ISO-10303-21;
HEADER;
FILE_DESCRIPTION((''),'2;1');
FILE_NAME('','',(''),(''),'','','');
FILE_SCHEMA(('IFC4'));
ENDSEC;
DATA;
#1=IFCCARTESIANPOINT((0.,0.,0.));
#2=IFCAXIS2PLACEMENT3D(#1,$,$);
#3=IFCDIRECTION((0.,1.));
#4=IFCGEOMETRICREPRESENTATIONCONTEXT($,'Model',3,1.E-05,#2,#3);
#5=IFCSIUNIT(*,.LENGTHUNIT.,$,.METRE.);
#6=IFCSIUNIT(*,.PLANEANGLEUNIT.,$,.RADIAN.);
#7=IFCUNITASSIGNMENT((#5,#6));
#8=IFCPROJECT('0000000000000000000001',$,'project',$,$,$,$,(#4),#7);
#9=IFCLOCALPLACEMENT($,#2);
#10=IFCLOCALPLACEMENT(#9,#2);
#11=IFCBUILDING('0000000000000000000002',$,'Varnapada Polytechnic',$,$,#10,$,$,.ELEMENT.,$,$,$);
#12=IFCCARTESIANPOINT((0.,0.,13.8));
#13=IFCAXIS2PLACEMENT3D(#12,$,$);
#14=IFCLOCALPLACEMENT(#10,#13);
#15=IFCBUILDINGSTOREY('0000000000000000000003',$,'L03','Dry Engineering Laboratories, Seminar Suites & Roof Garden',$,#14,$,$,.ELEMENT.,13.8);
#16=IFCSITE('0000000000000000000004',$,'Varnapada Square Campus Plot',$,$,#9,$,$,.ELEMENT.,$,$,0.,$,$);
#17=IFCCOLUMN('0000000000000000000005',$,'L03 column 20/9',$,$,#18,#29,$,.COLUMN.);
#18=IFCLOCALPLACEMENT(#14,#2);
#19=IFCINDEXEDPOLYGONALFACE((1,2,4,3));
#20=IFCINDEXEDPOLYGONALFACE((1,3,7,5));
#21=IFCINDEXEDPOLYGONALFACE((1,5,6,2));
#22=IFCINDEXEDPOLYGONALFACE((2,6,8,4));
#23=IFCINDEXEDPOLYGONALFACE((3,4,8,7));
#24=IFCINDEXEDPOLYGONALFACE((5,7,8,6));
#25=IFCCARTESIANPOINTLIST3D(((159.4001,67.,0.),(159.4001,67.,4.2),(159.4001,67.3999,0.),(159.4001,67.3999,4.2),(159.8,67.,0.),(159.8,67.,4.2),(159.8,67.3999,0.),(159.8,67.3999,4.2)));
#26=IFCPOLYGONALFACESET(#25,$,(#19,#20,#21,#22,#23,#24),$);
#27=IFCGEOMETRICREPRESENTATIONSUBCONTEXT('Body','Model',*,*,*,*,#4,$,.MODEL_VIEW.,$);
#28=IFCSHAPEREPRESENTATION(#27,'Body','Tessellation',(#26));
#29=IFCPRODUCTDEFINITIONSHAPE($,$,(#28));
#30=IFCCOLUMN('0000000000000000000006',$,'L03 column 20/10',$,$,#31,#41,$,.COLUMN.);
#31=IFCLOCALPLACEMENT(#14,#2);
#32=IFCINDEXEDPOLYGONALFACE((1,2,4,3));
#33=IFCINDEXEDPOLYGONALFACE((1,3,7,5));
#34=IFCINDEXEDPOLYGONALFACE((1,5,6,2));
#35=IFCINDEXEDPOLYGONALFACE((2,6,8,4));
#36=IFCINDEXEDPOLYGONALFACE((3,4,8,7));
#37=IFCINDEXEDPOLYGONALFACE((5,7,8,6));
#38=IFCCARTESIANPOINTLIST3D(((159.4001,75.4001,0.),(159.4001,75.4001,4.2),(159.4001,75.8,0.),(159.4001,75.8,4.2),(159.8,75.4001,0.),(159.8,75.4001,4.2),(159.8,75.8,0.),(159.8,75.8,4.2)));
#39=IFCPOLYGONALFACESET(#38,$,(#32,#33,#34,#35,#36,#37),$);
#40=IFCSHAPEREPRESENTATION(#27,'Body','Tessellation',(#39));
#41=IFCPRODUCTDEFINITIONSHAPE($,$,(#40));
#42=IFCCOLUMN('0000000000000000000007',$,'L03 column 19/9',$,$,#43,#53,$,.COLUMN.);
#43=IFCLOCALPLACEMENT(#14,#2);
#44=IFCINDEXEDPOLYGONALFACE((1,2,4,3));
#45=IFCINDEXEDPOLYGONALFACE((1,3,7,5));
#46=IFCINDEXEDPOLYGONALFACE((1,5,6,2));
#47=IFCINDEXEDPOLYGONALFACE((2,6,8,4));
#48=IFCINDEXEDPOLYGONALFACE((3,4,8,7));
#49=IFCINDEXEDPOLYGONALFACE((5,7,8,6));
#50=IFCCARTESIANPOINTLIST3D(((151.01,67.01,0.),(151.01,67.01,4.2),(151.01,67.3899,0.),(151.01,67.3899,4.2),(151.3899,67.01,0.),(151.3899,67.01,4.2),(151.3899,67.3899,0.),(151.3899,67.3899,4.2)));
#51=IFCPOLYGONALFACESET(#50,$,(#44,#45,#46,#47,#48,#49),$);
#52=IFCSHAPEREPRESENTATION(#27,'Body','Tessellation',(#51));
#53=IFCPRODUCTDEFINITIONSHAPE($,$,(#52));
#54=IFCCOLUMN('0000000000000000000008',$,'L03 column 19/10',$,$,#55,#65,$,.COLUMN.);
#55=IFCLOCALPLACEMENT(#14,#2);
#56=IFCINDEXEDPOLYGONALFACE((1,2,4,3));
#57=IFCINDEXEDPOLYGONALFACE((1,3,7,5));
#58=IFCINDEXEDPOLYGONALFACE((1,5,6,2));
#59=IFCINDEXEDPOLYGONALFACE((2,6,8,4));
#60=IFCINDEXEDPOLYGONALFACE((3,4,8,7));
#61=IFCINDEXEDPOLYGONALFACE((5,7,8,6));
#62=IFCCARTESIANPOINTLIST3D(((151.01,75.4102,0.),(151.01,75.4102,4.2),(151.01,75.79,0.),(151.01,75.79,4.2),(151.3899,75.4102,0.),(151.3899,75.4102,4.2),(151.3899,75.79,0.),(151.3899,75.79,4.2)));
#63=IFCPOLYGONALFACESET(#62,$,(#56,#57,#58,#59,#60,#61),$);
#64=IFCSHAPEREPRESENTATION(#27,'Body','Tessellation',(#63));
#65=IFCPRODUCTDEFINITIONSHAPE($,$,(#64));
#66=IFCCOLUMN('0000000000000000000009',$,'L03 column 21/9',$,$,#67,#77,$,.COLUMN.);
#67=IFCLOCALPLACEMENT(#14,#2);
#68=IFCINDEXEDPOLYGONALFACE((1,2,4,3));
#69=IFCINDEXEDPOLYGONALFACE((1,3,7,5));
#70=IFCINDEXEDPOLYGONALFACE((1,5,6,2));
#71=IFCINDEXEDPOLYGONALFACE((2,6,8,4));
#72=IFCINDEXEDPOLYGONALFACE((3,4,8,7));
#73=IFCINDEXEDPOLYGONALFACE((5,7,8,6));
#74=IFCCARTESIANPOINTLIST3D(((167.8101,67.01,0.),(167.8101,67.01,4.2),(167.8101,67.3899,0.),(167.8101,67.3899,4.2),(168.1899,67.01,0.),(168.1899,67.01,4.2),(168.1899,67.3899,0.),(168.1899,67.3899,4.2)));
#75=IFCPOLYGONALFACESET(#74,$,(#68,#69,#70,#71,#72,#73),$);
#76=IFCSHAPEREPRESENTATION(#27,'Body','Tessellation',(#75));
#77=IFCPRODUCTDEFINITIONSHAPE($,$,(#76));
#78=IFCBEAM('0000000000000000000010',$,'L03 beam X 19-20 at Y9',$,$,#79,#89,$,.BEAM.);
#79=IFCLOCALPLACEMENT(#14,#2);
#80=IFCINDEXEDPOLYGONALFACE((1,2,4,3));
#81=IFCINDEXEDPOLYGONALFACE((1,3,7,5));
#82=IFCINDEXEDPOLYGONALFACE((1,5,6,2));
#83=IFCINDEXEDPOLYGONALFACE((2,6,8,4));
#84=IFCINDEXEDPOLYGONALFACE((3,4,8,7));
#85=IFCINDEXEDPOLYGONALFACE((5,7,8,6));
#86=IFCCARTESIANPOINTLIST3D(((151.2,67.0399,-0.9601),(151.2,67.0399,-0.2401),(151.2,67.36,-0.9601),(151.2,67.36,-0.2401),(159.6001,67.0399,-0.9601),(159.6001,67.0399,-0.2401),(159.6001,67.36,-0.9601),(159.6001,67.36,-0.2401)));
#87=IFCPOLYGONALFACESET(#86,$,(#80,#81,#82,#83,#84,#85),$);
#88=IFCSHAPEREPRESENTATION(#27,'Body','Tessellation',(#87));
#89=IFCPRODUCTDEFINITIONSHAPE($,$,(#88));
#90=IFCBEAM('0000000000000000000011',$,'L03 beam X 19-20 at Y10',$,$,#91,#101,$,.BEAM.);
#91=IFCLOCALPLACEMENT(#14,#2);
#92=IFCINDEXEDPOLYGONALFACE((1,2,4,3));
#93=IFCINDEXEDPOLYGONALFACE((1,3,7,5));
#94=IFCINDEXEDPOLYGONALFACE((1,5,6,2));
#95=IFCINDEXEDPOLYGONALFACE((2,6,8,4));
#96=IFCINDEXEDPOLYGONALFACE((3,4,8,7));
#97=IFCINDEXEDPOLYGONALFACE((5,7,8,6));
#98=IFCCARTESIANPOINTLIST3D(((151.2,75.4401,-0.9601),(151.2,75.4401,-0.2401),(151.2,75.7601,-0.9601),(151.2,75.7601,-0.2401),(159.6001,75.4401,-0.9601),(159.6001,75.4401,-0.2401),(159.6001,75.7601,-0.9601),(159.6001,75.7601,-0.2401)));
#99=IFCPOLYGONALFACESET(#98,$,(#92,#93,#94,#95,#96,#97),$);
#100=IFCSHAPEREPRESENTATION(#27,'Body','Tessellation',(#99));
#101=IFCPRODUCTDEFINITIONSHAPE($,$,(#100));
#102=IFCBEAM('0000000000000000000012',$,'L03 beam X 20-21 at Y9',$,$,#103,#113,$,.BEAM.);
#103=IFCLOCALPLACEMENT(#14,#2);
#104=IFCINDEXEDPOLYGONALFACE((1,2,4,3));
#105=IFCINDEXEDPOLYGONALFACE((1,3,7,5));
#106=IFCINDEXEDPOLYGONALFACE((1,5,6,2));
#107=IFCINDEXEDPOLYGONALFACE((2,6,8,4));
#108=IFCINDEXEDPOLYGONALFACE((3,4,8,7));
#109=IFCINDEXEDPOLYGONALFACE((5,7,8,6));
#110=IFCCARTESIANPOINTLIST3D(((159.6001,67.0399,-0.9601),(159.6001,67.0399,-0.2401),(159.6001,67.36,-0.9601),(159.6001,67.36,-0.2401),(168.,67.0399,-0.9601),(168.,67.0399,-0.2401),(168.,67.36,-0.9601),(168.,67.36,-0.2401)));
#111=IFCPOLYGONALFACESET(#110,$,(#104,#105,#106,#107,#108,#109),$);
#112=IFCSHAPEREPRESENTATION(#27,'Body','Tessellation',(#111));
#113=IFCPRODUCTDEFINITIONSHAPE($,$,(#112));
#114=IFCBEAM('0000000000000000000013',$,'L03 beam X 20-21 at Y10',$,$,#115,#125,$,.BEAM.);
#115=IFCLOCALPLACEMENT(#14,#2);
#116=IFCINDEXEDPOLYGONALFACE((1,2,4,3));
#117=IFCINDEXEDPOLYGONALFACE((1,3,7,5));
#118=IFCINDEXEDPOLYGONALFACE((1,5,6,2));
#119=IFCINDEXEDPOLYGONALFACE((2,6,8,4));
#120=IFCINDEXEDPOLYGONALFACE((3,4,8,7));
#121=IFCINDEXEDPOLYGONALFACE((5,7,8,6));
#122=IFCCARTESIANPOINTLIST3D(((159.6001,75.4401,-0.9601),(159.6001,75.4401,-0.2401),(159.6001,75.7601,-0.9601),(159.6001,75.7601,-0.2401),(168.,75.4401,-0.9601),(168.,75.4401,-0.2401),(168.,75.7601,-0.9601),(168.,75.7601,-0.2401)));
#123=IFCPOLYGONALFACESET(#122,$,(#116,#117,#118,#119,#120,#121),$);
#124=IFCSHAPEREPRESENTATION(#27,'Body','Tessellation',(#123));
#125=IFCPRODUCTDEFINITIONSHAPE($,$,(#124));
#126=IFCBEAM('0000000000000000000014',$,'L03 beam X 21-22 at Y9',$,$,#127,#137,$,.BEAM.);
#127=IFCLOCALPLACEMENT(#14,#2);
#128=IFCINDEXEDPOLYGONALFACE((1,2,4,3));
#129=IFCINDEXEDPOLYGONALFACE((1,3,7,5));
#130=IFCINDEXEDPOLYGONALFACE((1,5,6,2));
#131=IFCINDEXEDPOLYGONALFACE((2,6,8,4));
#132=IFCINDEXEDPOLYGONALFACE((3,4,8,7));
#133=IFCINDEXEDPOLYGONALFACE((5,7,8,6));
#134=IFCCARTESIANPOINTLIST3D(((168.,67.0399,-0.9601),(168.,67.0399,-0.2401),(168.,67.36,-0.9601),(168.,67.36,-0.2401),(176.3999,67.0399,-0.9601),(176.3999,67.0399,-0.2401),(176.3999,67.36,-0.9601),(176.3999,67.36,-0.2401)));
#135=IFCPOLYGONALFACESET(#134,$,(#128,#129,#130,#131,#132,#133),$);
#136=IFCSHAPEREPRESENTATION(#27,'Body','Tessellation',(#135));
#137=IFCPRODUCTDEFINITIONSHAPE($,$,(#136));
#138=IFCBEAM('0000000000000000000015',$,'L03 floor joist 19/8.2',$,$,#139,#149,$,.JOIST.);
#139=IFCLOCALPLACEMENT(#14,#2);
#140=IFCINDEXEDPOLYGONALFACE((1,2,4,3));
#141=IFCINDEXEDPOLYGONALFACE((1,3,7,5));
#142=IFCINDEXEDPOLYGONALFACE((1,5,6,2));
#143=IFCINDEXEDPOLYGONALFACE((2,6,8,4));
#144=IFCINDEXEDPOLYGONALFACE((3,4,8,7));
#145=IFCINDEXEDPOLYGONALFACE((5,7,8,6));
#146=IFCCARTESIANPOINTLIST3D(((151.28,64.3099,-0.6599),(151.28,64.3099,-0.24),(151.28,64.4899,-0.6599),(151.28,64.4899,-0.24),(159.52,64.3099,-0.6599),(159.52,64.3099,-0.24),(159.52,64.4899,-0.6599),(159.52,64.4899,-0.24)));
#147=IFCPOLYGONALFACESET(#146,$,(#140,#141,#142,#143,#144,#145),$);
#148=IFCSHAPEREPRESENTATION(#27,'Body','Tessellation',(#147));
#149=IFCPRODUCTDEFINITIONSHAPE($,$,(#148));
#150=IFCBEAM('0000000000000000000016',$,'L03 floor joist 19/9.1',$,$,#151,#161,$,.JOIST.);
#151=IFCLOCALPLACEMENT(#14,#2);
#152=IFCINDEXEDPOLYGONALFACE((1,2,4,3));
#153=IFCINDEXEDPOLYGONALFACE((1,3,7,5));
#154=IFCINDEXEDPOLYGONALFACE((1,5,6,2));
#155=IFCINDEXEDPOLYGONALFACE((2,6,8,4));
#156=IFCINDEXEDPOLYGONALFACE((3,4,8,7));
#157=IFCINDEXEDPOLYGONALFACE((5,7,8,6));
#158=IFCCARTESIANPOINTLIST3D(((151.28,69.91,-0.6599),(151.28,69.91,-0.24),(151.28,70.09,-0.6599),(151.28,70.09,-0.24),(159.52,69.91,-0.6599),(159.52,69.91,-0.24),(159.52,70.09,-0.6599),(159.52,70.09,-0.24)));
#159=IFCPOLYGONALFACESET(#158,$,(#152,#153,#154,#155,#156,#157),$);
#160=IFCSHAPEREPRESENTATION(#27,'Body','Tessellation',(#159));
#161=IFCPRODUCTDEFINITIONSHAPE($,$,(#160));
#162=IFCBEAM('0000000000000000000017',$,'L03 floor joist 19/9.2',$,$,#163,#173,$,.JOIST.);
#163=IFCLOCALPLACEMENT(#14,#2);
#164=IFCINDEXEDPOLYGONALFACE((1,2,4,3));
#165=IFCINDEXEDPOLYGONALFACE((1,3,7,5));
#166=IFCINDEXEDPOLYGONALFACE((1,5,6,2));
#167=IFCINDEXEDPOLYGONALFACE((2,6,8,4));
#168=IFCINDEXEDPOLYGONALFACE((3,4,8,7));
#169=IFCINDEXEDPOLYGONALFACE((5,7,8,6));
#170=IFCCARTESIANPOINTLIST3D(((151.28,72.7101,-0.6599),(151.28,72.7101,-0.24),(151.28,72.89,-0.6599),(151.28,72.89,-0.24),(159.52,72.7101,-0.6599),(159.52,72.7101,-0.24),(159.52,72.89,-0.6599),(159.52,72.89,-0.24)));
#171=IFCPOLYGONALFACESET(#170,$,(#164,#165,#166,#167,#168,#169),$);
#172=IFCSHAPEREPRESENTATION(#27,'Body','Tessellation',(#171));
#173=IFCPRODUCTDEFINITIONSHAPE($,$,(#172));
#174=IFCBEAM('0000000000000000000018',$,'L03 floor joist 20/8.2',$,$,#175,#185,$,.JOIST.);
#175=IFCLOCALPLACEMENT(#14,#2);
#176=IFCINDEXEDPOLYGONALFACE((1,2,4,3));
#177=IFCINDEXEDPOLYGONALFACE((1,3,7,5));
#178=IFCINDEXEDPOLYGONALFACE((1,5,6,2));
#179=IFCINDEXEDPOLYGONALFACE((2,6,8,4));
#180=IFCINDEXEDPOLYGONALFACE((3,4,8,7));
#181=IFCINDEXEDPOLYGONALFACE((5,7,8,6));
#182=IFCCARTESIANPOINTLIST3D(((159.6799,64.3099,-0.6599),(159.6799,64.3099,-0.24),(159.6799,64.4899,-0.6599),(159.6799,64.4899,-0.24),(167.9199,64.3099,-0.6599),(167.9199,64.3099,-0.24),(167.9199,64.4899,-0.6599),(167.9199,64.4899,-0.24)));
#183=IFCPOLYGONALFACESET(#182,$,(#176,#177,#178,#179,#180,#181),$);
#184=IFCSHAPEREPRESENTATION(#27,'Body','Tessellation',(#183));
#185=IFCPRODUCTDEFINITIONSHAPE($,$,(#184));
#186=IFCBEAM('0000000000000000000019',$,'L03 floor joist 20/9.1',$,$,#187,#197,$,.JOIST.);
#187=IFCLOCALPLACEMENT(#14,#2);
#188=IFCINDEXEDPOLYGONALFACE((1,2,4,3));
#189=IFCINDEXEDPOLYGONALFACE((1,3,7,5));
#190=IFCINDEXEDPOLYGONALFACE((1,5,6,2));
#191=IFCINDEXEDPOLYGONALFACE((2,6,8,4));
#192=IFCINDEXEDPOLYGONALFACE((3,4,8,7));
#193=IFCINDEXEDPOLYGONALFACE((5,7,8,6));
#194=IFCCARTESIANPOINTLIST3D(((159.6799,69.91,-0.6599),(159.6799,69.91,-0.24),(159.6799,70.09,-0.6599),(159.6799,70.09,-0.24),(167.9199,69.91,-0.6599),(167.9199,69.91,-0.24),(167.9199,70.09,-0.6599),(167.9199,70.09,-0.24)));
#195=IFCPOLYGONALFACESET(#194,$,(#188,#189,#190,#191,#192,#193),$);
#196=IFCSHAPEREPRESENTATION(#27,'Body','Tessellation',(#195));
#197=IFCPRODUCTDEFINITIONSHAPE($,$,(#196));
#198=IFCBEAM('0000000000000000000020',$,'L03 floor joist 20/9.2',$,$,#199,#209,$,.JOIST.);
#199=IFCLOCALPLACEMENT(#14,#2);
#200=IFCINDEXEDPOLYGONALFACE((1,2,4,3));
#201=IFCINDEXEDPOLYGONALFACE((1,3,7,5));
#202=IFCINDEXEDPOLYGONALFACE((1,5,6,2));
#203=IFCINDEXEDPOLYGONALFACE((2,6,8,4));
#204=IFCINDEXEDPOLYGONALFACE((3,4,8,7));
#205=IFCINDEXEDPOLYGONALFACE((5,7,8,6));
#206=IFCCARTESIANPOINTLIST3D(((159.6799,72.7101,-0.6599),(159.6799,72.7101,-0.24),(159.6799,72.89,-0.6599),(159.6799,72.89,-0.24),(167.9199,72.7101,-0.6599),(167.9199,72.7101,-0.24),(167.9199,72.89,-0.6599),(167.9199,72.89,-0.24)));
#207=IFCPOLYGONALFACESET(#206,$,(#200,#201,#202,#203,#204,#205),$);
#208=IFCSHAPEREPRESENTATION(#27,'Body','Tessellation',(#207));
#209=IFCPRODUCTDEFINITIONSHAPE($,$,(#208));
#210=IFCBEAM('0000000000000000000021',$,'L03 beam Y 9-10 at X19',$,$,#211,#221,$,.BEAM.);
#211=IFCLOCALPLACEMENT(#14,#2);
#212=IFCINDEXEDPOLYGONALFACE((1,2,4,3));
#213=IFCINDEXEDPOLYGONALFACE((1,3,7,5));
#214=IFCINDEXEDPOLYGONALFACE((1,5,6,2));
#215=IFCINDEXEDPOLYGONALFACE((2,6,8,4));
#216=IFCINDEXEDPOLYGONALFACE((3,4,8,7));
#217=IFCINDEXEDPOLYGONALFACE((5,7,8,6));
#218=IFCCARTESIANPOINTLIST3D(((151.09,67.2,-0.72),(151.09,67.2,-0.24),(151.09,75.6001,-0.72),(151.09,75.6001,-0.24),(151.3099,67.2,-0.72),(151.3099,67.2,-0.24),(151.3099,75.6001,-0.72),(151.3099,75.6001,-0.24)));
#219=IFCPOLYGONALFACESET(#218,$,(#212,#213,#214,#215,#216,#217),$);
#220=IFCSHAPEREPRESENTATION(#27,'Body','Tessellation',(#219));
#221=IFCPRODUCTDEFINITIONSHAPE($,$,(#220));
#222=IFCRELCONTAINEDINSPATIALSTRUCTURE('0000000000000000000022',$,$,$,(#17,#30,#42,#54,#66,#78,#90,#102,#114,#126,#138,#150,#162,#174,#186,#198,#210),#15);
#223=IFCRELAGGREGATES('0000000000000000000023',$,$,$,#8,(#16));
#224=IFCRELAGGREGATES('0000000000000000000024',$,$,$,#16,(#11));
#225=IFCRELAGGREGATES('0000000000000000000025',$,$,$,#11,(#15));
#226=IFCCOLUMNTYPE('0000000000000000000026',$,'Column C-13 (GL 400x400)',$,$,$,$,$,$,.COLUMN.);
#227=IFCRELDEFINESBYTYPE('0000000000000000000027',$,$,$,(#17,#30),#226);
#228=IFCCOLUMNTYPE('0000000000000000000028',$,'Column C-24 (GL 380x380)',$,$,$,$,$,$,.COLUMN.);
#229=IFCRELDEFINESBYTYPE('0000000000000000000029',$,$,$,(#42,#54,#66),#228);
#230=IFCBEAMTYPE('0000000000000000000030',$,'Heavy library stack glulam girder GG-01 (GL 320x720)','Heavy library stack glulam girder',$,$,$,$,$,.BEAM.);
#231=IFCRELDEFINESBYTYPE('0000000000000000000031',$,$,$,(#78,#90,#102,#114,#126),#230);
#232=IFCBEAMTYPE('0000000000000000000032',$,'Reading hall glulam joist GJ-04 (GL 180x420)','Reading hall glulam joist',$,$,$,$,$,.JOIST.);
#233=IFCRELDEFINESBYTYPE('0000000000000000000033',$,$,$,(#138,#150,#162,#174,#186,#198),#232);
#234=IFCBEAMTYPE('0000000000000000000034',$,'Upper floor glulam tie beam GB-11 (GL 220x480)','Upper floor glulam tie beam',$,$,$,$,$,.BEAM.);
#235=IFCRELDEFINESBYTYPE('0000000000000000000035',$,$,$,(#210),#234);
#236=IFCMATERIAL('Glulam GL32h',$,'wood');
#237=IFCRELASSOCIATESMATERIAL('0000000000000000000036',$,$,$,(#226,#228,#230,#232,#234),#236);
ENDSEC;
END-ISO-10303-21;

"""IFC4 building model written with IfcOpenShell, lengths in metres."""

from ifc_helpers import new_model, si_unit, direction, frame, origin, origin_2d, place, context, subcontext, project, spatial, rectangle, extrude, material, material_profile, profile_set, type_object, element, save


model = new_model("IFC4")

# Units and contexts
model_context = context("Model", 3, precision=1e-05, world=origin(), true_north=direction((0.0, 1.0)))
body_context = subcontext(model_context, "Body", "Model", "MODEL_VIEW")
ifc_project = project(units=[si_unit("LENGTHUNIT", "METRE"), si_unit("PLANEANGLEUNIT", "RADIAN")], contexts=[model_context])

# Site, building, storey
site_placement = place(None, origin())
site = spatial("IfcSite", under=ifc_project, at=site_placement, Name="Varnapada Square Campus Plot", CompositionType="ELEMENT", RefElevation=0.0)
building_placement = place(site_placement, origin())
building = spatial("IfcBuilding", under=site, at=building_placement, Name="Varnapada Polytechnic", CompositionType="ELEMENT")
storey_placement = place(building_placement, frame((0.0, 0.0, 13.8)))
storey = spatial("IfcBuildingStorey", under=building, at=storey_placement, Name="L03", Description="Dry Engineering Laboratories, Seminar Suites & Roof Garden", CompositionType="ELEMENT", Elevation=13.8)

# Columns
ifc_material_1 = material(Name="Glulam GL32h", Category="wood")
ifc_material_profile_1 = material_profile(ifc_material_1, rectangle(XDim=0.3999, YDim=0.3999, at=origin_2d()), Name="GL 400x400")
ifc_profile_set_1 = profile_set([ifc_material_profile_1], Name="Glulam GL32h")
column_type_1 = type_object("IfcColumnType", Name="Column C-13 (GL 400x400)", PredefinedType="COLUMN", material=ifc_profile_set_1)
for number, where, z_axis, x_axis, name in (
    (1, (159.6001, 67.2, 0.0), (0.0, 0.0, 1.0), (1.0, 0.0, 0.0), "L03 column 20/9"),
    (2, (159.6001, 75.6001, 0.0), (0.0, 0.0, 1.0), (1.0, 0.0, 0.0), "L03 column 20/10"),
):
    element("IfcColumn", number, at=place(storey_placement, frame(where, z_axis=z_axis, x_axis=x_axis)), inside=storey, type_object=column_type_1, Name=name, PredefinedType="COLUMN", context=body_context, shape_type="SweptSolid", body=[
        extrude(rectangle(XDim=0.3999, YDim=0.3999, at=origin_2d()), origin(), (0.0, 0.0, 1.0), 4.2),
    ])
ifc_material_profile_2 = material_profile(ifc_material_1, rectangle(XDim=0.3799, YDim=0.3799, at=origin_2d()), Name="GL 380x380")
ifc_profile_set_2 = profile_set([ifc_material_profile_2], Name="Glulam GL32h")
column_type_2 = type_object("IfcColumnType", Name="Column C-24 (GL 380x380)", PredefinedType="COLUMN", material=ifc_profile_set_2)
for number, where, z_axis, x_axis, name in (
    (3, (151.2, 67.2, 0.0), (0.0, 0.0, 1.0), (1.0, 0.0, 0.0), "L03 column 19/9"),
    (4, (151.2, 75.6001, 0.0), (0.0, 0.0, 1.0), (1.0, 0.0, 0.0), "L03 column 19/10"),
    (5, (168.0, 67.2, 0.0), (0.0, 0.0, 1.0), (1.0, 0.0, 0.0), "L03 column 21/9"),
):
    element("IfcColumn", number, at=place(storey_placement, frame(where, z_axis=z_axis, x_axis=x_axis)), inside=storey, type_object=column_type_2, Name=name, PredefinedType="COLUMN", context=body_context, shape_type="SweptSolid", body=[
        extrude(rectangle(XDim=0.3799, YDim=0.3799, at=origin_2d()), origin(), (0.0, 0.0, 1.0), 4.2),
    ])

# Beams
ifc_material_profile_3 = material_profile(ifc_material_1, rectangle(XDim=0.3201, YDim=0.72, at=origin_2d()), Name="GL 320x720")
ifc_profile_set_3 = profile_set([ifc_material_profile_3], Name="Glulam GL32h")
beam_type_1 = type_object("IfcBeamType", Name="Heavy library stack glulam girder GG-01 (GL 320x720)", Description="Heavy library stack glulam girder", PredefinedType="BEAM", material=ifc_profile_set_3)
for number, where, z_axis, x_axis, name in (
    (6, (151.2, 67.2, -0.6001), (1.0, 0.0, 0.0), (0.0, 1.0, 0.0), "L03 beam X 19-20 at Y9"),
    (7, (151.2, 75.6001, -0.6001), (1.0, 0.0, 0.0), (0.0, 1.0, 0.0), "L03 beam X 19-20 at Y10"),
):
    element("IfcBeam", number, at=place(storey_placement, frame(where, z_axis=z_axis, x_axis=x_axis)), inside=storey, type_object=beam_type_1, Name=name, PredefinedType="BEAM", context=body_context, shape_type="SweptSolid", body=[
        extrude(rectangle(XDim=0.3201, YDim=0.72, at=origin_2d()), origin(), (0.0, 0.0, 1.0), 8.4001),
    ])
for number, where, z_axis, x_axis, name in (
    (8, (159.6001, 67.2, -0.6001), (1.0, 0.0, 0.0), (0.0, 1.0, 0.0), "L03 beam X 20-21 at Y9"),
    (9, (159.6001, 75.6001, -0.6001), (1.0, 0.0, 0.0), (0.0, 1.0, 0.0), "L03 beam X 20-21 at Y10"),
    (10, (168.0, 67.2, -0.6001), (1.0, 0.0, 0.0), (0.0, 1.0, 0.0), "L03 beam X 21-22 at Y9"),
):
    element("IfcBeam", number, at=place(storey_placement, frame(where, z_axis=z_axis, x_axis=x_axis)), inside=storey, type_object=beam_type_1, Name=name, PredefinedType="BEAM", context=body_context, shape_type="SweptSolid", body=[
        extrude(rectangle(XDim=0.3201, YDim=0.72, at=origin_2d()), origin(), (0.0, 0.0, 1.0), 8.3999),
    ])
ifc_material_profile_4 = material_profile(ifc_material_1, rectangle(XDim=0.1799, YDim=0.4199, at=origin_2d()), Name="GL 180x420")
ifc_profile_set_4 = profile_set([ifc_material_profile_4], Name="Glulam GL32h")
beam_type_2 = type_object("IfcBeamType", Name="Reading hall glulam joist GJ-04 (GL 180x420)", Description="Reading hall glulam joist", PredefinedType="JOIST", material=ifc_profile_set_4)
for number, where, z_axis, x_axis, name in (
    (11, (151.28, 64.3999, -0.45), (1.0, 0.0, 0.0), (0.0, 1.0, 0.0), "L03 floor joist 19/8.2"),
    (12, (151.28, 70.0, -0.45), (1.0, 0.0, 0.0), (0.0, 1.0, 0.0), "L03 floor joist 19/9.1"),
    (13, (151.28, 72.8, -0.45), (1.0, 0.0, 0.0), (0.0, 1.0, 0.0), "L03 floor joist 19/9.2"),
    (14, (159.6799, 64.3999, -0.45), (1.0, 0.0, 0.0), (0.0, 1.0, 0.0), "L03 floor joist 20/8.2"),
    (15, (159.6799, 70.0, -0.45), (1.0, 0.0, 0.0), (0.0, 1.0, 0.0), "L03 floor joist 20/9.1"),
    (16, (159.6799, 72.8, -0.45), (1.0, 0.0, 0.0), (0.0, 1.0, 0.0), "L03 floor joist 20/9.2"),
):
    element("IfcBeam", number, at=place(storey_placement, frame(where, z_axis=z_axis, x_axis=x_axis)), inside=storey, type_object=beam_type_2, Name=name, PredefinedType="JOIST", context=body_context, shape_type="SweptSolid", body=[
        extrude(rectangle(XDim=0.1799, YDim=0.4199, at=origin_2d()), origin(), (0.0, 0.0, 1.0), 8.24),
    ])
ifc_material_profile_5 = material_profile(ifc_material_1, rectangle(XDim=0.22, YDim=0.48, at=origin_2d()), Name="GL 220x480")
ifc_profile_set_5 = profile_set([ifc_material_profile_5], Name="Glulam GL32h")
beam_type_3 = type_object("IfcBeamType", Name="Upper floor glulam tie beam GB-11 (GL 220x480)", Description="Upper floor glulam tie beam", PredefinedType="BEAM", material=ifc_profile_set_5)
beam_1_placement = place(storey_placement, frame((151.2, 67.2, -0.48), z_axis=(0.0, 1.0, 0.0), x_axis=(-1.0, 0.0, 0.0)))
element("IfcBeam", 17, at=beam_1_placement, inside=storey, type_object=beam_type_3, Name="L03 beam Y 9-10 at X19", PredefinedType="BEAM", context=body_context, shape_type="SweptSolid", body=[
    extrude(rectangle(XDim=0.22, YDim=0.48, at=origin_2d()), origin(), (0.0, 0.0, 1.0), 8.4001),
])

save(model, "model.ifc")
